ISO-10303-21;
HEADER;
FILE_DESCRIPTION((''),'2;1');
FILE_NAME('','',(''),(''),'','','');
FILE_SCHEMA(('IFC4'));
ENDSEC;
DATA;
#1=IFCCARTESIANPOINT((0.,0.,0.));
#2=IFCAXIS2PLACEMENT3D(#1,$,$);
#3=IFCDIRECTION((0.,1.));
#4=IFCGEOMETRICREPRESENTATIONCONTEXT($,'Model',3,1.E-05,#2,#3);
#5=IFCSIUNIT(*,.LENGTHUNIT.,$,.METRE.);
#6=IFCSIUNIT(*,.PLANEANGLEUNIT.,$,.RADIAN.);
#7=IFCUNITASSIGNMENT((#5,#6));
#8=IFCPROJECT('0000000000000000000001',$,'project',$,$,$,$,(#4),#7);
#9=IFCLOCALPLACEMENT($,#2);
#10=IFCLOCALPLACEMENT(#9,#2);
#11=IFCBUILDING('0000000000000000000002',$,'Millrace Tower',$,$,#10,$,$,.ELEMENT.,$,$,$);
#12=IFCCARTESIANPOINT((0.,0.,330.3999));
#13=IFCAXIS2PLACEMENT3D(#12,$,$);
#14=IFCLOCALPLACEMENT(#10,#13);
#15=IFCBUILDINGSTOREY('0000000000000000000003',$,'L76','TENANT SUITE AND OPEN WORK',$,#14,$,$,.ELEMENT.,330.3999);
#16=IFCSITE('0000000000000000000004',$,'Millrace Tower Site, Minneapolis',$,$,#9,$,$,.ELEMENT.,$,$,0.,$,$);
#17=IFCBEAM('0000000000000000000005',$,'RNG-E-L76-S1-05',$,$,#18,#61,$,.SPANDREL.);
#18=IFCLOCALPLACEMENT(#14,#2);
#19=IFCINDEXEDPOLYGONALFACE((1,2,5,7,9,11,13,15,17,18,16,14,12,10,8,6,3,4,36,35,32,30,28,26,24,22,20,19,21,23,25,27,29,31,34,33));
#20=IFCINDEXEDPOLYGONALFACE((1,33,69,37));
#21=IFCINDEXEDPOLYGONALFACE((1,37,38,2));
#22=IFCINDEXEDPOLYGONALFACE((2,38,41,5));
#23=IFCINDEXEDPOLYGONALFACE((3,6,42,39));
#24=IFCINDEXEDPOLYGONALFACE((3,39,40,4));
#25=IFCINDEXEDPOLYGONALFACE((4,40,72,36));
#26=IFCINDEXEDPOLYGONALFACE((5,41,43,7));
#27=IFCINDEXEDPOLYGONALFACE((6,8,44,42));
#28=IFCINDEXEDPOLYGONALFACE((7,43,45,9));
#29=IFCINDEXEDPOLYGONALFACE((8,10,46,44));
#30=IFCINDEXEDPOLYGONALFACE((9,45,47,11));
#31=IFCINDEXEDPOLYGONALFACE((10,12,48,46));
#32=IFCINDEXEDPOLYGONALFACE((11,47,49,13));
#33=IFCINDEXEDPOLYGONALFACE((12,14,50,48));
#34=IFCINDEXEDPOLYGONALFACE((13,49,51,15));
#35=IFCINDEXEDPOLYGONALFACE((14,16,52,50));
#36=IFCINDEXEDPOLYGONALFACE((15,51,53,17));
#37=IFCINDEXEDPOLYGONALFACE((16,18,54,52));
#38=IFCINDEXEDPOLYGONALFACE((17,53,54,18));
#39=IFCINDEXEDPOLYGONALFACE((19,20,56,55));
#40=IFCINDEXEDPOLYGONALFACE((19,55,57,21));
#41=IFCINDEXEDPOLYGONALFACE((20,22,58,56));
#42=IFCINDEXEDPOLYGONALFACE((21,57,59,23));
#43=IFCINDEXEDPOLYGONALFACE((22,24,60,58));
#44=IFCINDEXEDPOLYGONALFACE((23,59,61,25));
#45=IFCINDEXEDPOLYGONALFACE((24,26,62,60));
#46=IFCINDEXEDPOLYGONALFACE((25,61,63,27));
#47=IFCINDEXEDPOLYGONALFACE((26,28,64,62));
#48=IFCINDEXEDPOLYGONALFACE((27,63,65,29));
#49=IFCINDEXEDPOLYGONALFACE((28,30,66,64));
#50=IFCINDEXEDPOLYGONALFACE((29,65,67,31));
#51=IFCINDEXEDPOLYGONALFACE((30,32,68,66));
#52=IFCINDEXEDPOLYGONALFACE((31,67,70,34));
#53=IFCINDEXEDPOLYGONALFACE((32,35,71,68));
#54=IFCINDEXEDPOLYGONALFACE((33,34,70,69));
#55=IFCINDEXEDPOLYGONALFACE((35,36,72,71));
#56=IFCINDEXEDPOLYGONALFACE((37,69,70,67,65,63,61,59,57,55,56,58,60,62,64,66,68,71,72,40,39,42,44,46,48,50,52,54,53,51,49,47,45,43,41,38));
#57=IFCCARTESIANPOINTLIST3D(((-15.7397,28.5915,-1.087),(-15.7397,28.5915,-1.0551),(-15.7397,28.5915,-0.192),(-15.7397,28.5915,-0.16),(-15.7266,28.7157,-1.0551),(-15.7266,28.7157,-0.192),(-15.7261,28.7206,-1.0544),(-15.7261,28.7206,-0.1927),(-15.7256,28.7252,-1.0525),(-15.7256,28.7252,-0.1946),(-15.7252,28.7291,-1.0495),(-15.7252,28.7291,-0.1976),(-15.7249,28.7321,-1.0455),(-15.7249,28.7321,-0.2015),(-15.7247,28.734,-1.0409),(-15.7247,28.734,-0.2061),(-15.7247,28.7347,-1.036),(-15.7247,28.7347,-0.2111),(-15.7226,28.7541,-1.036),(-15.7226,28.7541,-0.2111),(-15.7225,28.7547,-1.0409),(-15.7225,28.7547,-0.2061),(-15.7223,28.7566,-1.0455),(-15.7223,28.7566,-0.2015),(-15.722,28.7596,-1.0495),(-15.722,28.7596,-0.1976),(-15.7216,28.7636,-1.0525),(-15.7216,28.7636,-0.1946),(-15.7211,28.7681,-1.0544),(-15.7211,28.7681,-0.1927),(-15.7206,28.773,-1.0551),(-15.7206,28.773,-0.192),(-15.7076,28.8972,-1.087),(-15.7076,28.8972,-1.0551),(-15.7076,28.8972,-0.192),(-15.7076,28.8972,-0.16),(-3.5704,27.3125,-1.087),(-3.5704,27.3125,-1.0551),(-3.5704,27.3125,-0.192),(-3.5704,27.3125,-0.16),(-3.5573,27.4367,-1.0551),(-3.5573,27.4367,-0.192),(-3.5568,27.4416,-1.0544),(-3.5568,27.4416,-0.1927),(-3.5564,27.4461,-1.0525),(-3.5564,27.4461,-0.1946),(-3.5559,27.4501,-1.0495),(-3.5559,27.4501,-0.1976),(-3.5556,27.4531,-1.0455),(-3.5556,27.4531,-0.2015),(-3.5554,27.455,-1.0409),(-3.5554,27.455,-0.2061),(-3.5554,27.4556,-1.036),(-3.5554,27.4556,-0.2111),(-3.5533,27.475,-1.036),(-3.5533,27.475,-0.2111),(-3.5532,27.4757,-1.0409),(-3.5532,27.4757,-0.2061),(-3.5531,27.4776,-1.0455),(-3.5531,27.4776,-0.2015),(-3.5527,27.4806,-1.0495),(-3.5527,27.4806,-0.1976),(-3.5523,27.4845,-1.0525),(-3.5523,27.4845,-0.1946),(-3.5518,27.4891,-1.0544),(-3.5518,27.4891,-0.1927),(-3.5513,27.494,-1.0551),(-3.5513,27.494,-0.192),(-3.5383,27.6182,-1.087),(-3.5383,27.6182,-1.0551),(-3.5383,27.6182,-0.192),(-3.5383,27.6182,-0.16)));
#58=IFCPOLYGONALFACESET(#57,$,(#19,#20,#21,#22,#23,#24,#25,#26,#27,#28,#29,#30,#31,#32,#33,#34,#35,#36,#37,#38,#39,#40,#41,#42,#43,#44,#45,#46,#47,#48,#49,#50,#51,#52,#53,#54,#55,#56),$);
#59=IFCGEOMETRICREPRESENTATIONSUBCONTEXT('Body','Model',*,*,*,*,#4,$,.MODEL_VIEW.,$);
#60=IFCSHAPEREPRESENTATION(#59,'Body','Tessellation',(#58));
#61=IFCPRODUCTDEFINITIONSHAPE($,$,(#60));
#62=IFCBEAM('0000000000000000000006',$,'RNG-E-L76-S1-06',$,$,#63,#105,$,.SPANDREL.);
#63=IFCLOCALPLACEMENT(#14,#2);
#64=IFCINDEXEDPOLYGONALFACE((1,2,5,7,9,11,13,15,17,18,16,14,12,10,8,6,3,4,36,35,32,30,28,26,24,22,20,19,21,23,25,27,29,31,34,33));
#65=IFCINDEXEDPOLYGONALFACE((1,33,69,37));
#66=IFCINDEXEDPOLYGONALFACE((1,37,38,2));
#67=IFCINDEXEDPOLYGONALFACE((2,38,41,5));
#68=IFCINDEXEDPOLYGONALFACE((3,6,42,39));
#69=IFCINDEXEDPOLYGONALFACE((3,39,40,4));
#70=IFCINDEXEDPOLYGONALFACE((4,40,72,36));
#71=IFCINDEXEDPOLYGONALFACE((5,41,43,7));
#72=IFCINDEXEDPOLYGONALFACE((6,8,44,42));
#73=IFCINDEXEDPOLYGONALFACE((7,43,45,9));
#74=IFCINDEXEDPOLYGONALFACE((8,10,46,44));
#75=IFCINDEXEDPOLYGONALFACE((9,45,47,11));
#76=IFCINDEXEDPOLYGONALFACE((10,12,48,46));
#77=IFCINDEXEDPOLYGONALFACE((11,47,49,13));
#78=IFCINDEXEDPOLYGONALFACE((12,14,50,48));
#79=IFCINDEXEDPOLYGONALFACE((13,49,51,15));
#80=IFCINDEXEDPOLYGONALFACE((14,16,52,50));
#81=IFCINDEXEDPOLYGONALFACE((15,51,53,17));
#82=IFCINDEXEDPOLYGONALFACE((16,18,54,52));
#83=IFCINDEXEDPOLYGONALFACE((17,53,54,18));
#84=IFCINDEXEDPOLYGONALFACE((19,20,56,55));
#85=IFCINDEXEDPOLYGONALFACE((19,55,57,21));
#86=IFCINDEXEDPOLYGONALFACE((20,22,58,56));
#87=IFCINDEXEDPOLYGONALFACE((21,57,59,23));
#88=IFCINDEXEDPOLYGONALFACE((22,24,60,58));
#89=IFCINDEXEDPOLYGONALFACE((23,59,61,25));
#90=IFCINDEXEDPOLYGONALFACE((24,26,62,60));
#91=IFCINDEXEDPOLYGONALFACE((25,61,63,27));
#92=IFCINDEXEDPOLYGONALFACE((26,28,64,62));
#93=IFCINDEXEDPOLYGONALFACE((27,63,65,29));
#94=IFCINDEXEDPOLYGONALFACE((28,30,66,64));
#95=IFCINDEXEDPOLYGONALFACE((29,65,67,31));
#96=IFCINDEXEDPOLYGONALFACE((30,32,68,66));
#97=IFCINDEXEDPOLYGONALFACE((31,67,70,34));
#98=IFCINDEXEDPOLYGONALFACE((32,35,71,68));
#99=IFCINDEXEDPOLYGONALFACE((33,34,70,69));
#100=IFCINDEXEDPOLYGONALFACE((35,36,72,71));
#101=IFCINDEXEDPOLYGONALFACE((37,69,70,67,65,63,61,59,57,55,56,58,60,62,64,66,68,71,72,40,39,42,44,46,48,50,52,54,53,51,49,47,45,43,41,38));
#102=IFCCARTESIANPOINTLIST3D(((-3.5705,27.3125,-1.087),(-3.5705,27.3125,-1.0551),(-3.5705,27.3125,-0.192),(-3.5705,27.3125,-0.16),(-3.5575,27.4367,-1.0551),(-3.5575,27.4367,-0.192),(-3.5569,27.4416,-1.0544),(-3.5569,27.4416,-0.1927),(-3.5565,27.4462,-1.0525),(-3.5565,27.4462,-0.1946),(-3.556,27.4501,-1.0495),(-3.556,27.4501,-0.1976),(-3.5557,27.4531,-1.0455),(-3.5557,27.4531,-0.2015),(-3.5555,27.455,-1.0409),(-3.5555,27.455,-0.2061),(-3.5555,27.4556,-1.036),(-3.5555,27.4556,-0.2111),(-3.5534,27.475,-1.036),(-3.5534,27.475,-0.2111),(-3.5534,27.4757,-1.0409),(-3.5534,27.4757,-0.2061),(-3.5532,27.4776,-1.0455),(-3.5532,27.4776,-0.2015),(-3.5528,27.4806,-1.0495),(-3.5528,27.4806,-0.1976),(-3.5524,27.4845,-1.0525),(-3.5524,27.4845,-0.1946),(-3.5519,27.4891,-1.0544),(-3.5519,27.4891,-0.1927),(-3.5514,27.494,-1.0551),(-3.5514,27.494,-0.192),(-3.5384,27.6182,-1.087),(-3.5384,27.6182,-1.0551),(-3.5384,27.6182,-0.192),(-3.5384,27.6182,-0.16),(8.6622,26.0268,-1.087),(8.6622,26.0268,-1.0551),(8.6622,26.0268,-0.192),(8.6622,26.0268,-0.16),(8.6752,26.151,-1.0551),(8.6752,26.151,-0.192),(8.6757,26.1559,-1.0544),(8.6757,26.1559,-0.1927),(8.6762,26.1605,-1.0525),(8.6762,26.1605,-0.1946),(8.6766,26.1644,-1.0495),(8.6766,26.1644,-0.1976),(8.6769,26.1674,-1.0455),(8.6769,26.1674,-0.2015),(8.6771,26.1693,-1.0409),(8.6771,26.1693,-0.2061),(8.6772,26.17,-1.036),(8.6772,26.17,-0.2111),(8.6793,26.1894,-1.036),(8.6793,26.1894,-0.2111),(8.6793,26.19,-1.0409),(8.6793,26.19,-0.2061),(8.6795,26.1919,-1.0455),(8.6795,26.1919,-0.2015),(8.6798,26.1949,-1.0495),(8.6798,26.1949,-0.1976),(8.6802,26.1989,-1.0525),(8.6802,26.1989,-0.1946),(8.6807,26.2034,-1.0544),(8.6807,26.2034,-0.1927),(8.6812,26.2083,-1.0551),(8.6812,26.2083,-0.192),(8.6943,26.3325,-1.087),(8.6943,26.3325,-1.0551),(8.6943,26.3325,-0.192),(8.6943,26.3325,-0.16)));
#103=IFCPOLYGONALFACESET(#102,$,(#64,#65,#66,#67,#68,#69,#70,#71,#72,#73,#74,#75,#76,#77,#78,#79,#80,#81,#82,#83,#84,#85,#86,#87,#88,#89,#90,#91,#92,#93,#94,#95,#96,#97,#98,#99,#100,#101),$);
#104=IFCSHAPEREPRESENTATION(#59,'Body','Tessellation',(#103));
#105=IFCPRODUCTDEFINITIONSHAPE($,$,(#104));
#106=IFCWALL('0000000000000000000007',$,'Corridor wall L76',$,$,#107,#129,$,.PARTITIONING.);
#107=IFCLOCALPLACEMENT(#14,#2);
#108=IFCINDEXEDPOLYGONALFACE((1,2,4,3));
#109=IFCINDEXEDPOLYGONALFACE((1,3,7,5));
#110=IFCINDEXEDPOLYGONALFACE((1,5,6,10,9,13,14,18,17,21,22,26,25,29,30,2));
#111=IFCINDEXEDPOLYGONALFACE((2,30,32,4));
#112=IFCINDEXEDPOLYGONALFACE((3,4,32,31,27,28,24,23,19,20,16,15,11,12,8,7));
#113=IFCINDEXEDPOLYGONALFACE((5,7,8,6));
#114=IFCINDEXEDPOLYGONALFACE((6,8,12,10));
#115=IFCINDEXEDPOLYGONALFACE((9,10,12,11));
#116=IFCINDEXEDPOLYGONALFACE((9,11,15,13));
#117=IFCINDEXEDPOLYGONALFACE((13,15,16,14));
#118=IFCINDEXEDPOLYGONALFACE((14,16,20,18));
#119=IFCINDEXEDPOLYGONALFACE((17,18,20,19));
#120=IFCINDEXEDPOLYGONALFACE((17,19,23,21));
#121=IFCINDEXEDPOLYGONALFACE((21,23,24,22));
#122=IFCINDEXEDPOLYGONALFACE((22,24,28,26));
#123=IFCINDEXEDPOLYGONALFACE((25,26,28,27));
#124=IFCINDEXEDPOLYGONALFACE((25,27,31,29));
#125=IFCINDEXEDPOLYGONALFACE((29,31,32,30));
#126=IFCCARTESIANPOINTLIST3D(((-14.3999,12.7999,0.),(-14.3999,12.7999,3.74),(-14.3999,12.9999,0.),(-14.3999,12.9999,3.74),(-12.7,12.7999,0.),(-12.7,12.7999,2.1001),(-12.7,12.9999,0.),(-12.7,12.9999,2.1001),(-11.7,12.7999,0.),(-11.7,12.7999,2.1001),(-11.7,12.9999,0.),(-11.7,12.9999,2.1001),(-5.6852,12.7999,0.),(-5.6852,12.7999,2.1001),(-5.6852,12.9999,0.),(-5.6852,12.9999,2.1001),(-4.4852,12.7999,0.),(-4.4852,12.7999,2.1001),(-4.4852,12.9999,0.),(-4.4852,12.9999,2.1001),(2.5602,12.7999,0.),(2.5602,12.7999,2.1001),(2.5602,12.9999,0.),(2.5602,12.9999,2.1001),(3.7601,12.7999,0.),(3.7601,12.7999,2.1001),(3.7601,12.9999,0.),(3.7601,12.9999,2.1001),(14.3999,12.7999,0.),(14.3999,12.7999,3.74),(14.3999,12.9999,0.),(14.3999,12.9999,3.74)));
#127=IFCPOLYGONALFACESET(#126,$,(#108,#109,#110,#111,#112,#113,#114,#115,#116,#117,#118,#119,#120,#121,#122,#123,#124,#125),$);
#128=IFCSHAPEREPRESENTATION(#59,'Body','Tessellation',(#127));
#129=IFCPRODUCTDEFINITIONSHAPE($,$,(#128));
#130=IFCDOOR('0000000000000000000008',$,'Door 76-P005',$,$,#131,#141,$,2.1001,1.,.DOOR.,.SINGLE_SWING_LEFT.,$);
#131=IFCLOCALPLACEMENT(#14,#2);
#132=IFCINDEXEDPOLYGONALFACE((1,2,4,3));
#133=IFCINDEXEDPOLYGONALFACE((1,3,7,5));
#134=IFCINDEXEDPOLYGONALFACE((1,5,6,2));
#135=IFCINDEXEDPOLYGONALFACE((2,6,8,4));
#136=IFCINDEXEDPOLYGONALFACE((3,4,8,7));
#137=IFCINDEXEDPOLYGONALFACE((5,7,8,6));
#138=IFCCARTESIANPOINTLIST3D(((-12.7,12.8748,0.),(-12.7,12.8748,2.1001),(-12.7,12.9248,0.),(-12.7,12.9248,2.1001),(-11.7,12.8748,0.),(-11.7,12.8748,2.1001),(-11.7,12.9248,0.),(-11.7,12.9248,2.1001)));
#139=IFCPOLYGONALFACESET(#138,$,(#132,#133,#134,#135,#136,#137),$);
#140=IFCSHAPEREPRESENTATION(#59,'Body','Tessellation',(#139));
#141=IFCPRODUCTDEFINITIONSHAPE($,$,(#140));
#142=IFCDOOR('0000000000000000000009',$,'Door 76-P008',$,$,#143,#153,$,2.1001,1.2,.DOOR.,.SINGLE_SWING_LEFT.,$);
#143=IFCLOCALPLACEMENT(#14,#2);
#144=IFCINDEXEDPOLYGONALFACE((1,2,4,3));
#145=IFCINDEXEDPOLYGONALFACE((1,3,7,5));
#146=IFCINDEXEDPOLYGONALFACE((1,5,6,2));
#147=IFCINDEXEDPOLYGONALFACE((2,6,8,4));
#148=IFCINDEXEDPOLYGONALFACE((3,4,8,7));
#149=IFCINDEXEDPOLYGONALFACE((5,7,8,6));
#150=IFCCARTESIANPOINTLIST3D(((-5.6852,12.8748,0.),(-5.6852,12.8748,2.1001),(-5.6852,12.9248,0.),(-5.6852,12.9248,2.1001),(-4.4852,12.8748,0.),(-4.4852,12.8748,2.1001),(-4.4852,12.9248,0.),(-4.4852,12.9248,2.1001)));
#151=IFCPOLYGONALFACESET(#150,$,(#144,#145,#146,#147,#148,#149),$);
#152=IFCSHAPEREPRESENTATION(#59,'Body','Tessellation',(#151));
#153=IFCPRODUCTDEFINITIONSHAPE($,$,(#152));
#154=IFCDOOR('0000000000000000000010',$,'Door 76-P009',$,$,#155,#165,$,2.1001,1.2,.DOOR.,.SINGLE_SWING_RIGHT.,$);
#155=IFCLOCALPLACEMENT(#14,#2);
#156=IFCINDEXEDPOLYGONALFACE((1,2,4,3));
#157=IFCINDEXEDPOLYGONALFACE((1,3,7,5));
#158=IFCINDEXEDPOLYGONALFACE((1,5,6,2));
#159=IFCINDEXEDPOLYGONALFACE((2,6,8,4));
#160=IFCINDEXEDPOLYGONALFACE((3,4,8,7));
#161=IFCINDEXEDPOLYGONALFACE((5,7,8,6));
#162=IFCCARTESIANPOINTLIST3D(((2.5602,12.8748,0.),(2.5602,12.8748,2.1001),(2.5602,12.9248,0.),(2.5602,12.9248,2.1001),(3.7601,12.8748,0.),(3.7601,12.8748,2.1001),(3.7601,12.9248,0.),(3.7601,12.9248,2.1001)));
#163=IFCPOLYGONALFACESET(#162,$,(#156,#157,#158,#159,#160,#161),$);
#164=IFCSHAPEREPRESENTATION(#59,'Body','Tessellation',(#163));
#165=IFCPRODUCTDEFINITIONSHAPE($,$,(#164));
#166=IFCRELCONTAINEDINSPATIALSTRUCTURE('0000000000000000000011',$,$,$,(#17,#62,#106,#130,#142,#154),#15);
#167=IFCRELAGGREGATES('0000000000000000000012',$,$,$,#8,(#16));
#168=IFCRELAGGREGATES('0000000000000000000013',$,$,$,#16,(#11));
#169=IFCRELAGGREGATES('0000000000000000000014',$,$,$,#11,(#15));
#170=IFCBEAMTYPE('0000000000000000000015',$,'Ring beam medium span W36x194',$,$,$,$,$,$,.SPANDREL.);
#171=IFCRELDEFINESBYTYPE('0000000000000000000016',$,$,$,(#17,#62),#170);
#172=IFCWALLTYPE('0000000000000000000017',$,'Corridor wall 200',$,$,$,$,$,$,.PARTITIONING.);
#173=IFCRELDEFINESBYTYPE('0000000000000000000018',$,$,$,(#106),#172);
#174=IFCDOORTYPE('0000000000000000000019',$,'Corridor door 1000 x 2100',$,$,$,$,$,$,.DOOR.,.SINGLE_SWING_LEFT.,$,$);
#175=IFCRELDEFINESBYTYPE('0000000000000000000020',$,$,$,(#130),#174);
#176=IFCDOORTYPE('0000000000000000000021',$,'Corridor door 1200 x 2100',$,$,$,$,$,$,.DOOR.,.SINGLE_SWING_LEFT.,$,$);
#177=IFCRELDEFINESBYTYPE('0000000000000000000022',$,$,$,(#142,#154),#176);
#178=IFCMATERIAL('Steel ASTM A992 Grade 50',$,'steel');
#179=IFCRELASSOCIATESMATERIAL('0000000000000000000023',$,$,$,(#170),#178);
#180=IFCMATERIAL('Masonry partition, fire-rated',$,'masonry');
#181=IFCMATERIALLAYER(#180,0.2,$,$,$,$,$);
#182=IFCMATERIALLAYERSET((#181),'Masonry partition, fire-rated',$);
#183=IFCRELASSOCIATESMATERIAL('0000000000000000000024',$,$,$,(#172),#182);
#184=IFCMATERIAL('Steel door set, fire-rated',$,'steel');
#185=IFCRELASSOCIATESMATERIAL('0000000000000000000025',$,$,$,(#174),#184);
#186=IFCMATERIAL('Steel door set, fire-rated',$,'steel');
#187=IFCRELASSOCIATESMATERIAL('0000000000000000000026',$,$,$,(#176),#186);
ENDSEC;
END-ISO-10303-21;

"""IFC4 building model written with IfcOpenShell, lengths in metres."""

from ifc_helpers import new_model, si_unit, direction, frame, frame_2d, origin, origin_2d, place, context, subcontext, project, spatial, rectangle, i_section, extrude, material, layer, layer_set, material_profile, profile_set, type_object, element, fill, save


model = new_model("IFC4")

# Units and contexts
model_context = context("Model", 3, precision=1e-05, world=origin(), true_north=direction((0.0, 1.0)))
body_context = subcontext(model_context, "Body", "Model", "MODEL_VIEW")
ifc_project = project(units=[si_unit("LENGTHUNIT", "METRE"), si_unit("PLANEANGLEUNIT", "RADIAN")], contexts=[model_context])

# Site, building, storey
site_placement = place(None, origin())
site = spatial("IfcSite", under=ifc_project, at=site_placement, Name="Millrace Tower Site, Minneapolis", CompositionType="ELEMENT", RefElevation=0.0)
building_placement = place(site_placement, origin())
building = spatial("IfcBuilding", under=site, at=building_placement, Name="Millrace Tower", CompositionType="ELEMENT")
storey_placement = place(building_placement, frame((0.0, 0.0, 330.3999)))
storey = spatial("IfcBuildingStorey", under=building, at=storey_placement, Name="L76", Description="TENANT SUITE AND OPEN WORK", CompositionType="ELEMENT", Elevation=330.3999)

# Beams
ifc_material_1 = material(Name="Steel ASTM A992 Grade 50", Category="steel")
ifc_material_profile_1 = material_profile(ifc_material_1, i_section(OverallWidth=0.3074, OverallDepth=0.927, WebThickness=0.0195, FlangeThickness=0.032, FilletRadius=0.019, at=origin_2d()))
ifc_profile_set_1 = profile_set([ifc_material_profile_1], Name="Steel ASTM A992 Grade 50")
beam_type_1 = type_object("IfcBeamType", Name="Ring beam medium span W36x194", PredefinedType="SPANDREL", material=ifc_profile_set_1)
beam_1_placement = place(storey_placement, frame((-15.7236, 28.7444, -0.6235), z_axis=(0.994522, -0.10453, 0.0), x_axis=(0.10453, 0.994522, 0.0)))
element("IfcBeam", 1, at=beam_1_placement, inside=storey, type_object=beam_type_1, Name="RNG-E-L76-S1-05", PredefinedType="SPANDREL", context=body_context, shape_type="SweptSolid", body=[
    extrude(i_section(OverallWidth=0.3074, OverallDepth=0.927, WebThickness=0.0195, FlangeThickness=0.032, FilletRadius=0.019, at=origin_2d()), origin(), (0.0, 0.0, 1.0), 12.2363),
])
beam_2_placement = place(storey_placement, frame((-3.5544, 27.4653, -0.6235), z_axis=(0.994522, -0.104524, 0.0), x_axis=(0.104524, 0.994522, 0.0)))
element("IfcBeam", 2, at=beam_2_placement, inside=storey, type_object=beam_type_1, Name="RNG-E-L76-S1-06", PredefinedType="SPANDREL", context=body_context, shape_type="SweptSolid", body=[
    extrude(i_section(OverallWidth=0.3074, OverallDepth=0.927, WebThickness=0.0195, FlangeThickness=0.032, FilletRadius=0.019, at=origin_2d()), origin(), (0.0, 0.0, 1.0), 12.3),
])

# Wall, openings, doors
ifc_material_2 = material(Name="Masonry partition, fire-rated", Category="masonry")
ifc_layer_1 = layer(ifc_material_2, 0.2)
ifc_layer_set_1 = layer_set([ifc_layer_1], Name="Masonry partition, fire-rated")
wall_type_1 = type_object("IfcWallType", Name="Corridor wall 200", PredefinedType="PARTITIONING", material=ifc_layer_set_1)
wall_1_placement = place(storey_placement, frame((-14.3999, 12.8999, 0.0), z_axis=(0.0, 0.0, 1.0), x_axis=(1.0, 0.0, 0.0)))
wall_1 = element("IfcWall", 3, at=wall_1_placement, inside=storey, type_object=wall_type_1, Name="Corridor wall L76", PredefinedType="PARTITIONING", context=body_context, shape_type="SweptSolid", body=[
    extrude(rectangle(XDim=28.7998, YDim=0.2, at=frame_2d((14.3999, 0.0))), origin(), (0.0, 0.0, 1.0), 3.74),
])
opening_1_placement = place(wall_1_placement, frame((1.7, 0.0, 0.0)))
opening_1 = element("IfcOpeningElement", 4, at=opening_1_placement, cuts=wall_1, PredefinedType="OPENING", context=body_context, shape_type="SweptSolid", body=[
    extrude(rectangle(XDim=1.0, YDim=2.1001, at=frame_2d((0.5, 1.05))), frame((0.0, 0.1099, 0.0), z_axis=(0.0, -1.0, 0.0), x_axis=(1.0, 0.0, 0.0)), (0.0, 0.0, 1.0), 0.22),
])
opening_2_placement = place(wall_1_placement, frame((8.7146, 0.0, 0.0)))
opening_2 = element("IfcOpeningElement", 5, at=opening_2_placement, cuts=wall_1, PredefinedType="OPENING", context=body_context, shape_type="SweptSolid", body=[
    extrude(rectangle(XDim=1.2, YDim=2.1001, at=frame_2d((0.6001, 1.05))), frame((0.0, 0.1099, 0.0), z_axis=(0.0, -1.0, 0.0), x_axis=(1.0, 0.0, 0.0)), (0.0, 0.0, 1.0), 0.22),
])
opening_3_placement = place(wall_1_placement, frame((16.96, 0.0, 0.0)))
opening_3 = element("IfcOpeningElement", 6, at=opening_3_placement, cuts=wall_1, PredefinedType="OPENING", context=body_context, shape_type="SweptSolid", body=[
    extrude(rectangle(XDim=1.2, YDim=2.1001, at=frame_2d((0.6001, 1.05))), frame((0.0, 0.1099, 0.0), z_axis=(0.0, -1.0, 0.0), x_axis=(1.0, 0.0, 0.0)), (0.0, 0.0, 1.0), 0.22),
])
ifc_material_3 = material(Name="Steel door set, fire-rated", Category="steel")
door_type_1 = type_object("IfcDoorType", Name="Corridor door 1000 x 2100", OperationType="SINGLE_SWING_LEFT", PredefinedType="DOOR", material=ifc_material_3)
door_1_placement = place(opening_1_placement, origin())
door_1 = element("IfcDoor", 7, at=door_1_placement, inside=storey, type_object=door_type_1, Name="Door 76-P005", OperationType="SINGLE_SWING_LEFT", OverallHeight=2.1001, OverallWidth=1.0, PredefinedType="DOOR", context=body_context, shape_type="SweptSolid", body=[
    extrude(rectangle(XDim=1.0, YDim=2.1001, at=frame_2d((0.5, 1.05))), frame((0.0, 0.0249, 0.0), z_axis=(0.0, -1.0, 0.0), x_axis=(1.0, 0.0, 0.0)), (0.0, 0.0, 1.0), 0.05),
])
fill(opening_1, door_1)
ifc_material_4 = material(Name="Steel door set, fire-rated", Category="steel")
door_type_2 = type_object("IfcDoorType", Name="Corridor door 1200 x 2100", OperationType="SINGLE_SWING_LEFT", PredefinedType="DOOR", material=ifc_material_4)
door_2_placement = place(opening_2_placement, origin())
door_2 = element("IfcDoor", 8, at=door_2_placement, inside=storey, type_object=door_type_2, Name="Door 76-P008", OperationType="SINGLE_SWING_LEFT", OverallHeight=2.1001, OverallWidth=1.2, PredefinedType="DOOR", context=body_context, shape_type="SweptSolid", body=[
    extrude(rectangle(XDim=1.2, YDim=2.1001, at=frame_2d((0.6001, 1.05))), frame((0.0, 0.0249, 0.0), z_axis=(0.0, -1.0, 0.0), x_axis=(1.0, 0.0, 0.0)), (0.0, 0.0, 1.0), 0.05),
])
fill(opening_2, door_2)
door_3_placement = place(opening_3_placement, origin())
door_3 = element("IfcDoor", 9, at=door_3_placement, inside=storey, type_object=door_type_2, Name="Door 76-P009", OperationType="SINGLE_SWING_RIGHT", OverallHeight=2.1001, OverallWidth=1.2, PredefinedType="DOOR", context=body_context, shape_type="SweptSolid", body=[
    extrude(rectangle(XDim=1.2, YDim=2.1001, at=frame_2d((0.6001, 1.05))), frame((0.0, 0.0249, 0.0), z_axis=(0.0, -1.0, 0.0), x_axis=(1.0, 0.0, 0.0)), (0.0, 0.0, 1.0), 0.05),
])
fill(opening_3, door_3)

save(model, "model.ifc")
